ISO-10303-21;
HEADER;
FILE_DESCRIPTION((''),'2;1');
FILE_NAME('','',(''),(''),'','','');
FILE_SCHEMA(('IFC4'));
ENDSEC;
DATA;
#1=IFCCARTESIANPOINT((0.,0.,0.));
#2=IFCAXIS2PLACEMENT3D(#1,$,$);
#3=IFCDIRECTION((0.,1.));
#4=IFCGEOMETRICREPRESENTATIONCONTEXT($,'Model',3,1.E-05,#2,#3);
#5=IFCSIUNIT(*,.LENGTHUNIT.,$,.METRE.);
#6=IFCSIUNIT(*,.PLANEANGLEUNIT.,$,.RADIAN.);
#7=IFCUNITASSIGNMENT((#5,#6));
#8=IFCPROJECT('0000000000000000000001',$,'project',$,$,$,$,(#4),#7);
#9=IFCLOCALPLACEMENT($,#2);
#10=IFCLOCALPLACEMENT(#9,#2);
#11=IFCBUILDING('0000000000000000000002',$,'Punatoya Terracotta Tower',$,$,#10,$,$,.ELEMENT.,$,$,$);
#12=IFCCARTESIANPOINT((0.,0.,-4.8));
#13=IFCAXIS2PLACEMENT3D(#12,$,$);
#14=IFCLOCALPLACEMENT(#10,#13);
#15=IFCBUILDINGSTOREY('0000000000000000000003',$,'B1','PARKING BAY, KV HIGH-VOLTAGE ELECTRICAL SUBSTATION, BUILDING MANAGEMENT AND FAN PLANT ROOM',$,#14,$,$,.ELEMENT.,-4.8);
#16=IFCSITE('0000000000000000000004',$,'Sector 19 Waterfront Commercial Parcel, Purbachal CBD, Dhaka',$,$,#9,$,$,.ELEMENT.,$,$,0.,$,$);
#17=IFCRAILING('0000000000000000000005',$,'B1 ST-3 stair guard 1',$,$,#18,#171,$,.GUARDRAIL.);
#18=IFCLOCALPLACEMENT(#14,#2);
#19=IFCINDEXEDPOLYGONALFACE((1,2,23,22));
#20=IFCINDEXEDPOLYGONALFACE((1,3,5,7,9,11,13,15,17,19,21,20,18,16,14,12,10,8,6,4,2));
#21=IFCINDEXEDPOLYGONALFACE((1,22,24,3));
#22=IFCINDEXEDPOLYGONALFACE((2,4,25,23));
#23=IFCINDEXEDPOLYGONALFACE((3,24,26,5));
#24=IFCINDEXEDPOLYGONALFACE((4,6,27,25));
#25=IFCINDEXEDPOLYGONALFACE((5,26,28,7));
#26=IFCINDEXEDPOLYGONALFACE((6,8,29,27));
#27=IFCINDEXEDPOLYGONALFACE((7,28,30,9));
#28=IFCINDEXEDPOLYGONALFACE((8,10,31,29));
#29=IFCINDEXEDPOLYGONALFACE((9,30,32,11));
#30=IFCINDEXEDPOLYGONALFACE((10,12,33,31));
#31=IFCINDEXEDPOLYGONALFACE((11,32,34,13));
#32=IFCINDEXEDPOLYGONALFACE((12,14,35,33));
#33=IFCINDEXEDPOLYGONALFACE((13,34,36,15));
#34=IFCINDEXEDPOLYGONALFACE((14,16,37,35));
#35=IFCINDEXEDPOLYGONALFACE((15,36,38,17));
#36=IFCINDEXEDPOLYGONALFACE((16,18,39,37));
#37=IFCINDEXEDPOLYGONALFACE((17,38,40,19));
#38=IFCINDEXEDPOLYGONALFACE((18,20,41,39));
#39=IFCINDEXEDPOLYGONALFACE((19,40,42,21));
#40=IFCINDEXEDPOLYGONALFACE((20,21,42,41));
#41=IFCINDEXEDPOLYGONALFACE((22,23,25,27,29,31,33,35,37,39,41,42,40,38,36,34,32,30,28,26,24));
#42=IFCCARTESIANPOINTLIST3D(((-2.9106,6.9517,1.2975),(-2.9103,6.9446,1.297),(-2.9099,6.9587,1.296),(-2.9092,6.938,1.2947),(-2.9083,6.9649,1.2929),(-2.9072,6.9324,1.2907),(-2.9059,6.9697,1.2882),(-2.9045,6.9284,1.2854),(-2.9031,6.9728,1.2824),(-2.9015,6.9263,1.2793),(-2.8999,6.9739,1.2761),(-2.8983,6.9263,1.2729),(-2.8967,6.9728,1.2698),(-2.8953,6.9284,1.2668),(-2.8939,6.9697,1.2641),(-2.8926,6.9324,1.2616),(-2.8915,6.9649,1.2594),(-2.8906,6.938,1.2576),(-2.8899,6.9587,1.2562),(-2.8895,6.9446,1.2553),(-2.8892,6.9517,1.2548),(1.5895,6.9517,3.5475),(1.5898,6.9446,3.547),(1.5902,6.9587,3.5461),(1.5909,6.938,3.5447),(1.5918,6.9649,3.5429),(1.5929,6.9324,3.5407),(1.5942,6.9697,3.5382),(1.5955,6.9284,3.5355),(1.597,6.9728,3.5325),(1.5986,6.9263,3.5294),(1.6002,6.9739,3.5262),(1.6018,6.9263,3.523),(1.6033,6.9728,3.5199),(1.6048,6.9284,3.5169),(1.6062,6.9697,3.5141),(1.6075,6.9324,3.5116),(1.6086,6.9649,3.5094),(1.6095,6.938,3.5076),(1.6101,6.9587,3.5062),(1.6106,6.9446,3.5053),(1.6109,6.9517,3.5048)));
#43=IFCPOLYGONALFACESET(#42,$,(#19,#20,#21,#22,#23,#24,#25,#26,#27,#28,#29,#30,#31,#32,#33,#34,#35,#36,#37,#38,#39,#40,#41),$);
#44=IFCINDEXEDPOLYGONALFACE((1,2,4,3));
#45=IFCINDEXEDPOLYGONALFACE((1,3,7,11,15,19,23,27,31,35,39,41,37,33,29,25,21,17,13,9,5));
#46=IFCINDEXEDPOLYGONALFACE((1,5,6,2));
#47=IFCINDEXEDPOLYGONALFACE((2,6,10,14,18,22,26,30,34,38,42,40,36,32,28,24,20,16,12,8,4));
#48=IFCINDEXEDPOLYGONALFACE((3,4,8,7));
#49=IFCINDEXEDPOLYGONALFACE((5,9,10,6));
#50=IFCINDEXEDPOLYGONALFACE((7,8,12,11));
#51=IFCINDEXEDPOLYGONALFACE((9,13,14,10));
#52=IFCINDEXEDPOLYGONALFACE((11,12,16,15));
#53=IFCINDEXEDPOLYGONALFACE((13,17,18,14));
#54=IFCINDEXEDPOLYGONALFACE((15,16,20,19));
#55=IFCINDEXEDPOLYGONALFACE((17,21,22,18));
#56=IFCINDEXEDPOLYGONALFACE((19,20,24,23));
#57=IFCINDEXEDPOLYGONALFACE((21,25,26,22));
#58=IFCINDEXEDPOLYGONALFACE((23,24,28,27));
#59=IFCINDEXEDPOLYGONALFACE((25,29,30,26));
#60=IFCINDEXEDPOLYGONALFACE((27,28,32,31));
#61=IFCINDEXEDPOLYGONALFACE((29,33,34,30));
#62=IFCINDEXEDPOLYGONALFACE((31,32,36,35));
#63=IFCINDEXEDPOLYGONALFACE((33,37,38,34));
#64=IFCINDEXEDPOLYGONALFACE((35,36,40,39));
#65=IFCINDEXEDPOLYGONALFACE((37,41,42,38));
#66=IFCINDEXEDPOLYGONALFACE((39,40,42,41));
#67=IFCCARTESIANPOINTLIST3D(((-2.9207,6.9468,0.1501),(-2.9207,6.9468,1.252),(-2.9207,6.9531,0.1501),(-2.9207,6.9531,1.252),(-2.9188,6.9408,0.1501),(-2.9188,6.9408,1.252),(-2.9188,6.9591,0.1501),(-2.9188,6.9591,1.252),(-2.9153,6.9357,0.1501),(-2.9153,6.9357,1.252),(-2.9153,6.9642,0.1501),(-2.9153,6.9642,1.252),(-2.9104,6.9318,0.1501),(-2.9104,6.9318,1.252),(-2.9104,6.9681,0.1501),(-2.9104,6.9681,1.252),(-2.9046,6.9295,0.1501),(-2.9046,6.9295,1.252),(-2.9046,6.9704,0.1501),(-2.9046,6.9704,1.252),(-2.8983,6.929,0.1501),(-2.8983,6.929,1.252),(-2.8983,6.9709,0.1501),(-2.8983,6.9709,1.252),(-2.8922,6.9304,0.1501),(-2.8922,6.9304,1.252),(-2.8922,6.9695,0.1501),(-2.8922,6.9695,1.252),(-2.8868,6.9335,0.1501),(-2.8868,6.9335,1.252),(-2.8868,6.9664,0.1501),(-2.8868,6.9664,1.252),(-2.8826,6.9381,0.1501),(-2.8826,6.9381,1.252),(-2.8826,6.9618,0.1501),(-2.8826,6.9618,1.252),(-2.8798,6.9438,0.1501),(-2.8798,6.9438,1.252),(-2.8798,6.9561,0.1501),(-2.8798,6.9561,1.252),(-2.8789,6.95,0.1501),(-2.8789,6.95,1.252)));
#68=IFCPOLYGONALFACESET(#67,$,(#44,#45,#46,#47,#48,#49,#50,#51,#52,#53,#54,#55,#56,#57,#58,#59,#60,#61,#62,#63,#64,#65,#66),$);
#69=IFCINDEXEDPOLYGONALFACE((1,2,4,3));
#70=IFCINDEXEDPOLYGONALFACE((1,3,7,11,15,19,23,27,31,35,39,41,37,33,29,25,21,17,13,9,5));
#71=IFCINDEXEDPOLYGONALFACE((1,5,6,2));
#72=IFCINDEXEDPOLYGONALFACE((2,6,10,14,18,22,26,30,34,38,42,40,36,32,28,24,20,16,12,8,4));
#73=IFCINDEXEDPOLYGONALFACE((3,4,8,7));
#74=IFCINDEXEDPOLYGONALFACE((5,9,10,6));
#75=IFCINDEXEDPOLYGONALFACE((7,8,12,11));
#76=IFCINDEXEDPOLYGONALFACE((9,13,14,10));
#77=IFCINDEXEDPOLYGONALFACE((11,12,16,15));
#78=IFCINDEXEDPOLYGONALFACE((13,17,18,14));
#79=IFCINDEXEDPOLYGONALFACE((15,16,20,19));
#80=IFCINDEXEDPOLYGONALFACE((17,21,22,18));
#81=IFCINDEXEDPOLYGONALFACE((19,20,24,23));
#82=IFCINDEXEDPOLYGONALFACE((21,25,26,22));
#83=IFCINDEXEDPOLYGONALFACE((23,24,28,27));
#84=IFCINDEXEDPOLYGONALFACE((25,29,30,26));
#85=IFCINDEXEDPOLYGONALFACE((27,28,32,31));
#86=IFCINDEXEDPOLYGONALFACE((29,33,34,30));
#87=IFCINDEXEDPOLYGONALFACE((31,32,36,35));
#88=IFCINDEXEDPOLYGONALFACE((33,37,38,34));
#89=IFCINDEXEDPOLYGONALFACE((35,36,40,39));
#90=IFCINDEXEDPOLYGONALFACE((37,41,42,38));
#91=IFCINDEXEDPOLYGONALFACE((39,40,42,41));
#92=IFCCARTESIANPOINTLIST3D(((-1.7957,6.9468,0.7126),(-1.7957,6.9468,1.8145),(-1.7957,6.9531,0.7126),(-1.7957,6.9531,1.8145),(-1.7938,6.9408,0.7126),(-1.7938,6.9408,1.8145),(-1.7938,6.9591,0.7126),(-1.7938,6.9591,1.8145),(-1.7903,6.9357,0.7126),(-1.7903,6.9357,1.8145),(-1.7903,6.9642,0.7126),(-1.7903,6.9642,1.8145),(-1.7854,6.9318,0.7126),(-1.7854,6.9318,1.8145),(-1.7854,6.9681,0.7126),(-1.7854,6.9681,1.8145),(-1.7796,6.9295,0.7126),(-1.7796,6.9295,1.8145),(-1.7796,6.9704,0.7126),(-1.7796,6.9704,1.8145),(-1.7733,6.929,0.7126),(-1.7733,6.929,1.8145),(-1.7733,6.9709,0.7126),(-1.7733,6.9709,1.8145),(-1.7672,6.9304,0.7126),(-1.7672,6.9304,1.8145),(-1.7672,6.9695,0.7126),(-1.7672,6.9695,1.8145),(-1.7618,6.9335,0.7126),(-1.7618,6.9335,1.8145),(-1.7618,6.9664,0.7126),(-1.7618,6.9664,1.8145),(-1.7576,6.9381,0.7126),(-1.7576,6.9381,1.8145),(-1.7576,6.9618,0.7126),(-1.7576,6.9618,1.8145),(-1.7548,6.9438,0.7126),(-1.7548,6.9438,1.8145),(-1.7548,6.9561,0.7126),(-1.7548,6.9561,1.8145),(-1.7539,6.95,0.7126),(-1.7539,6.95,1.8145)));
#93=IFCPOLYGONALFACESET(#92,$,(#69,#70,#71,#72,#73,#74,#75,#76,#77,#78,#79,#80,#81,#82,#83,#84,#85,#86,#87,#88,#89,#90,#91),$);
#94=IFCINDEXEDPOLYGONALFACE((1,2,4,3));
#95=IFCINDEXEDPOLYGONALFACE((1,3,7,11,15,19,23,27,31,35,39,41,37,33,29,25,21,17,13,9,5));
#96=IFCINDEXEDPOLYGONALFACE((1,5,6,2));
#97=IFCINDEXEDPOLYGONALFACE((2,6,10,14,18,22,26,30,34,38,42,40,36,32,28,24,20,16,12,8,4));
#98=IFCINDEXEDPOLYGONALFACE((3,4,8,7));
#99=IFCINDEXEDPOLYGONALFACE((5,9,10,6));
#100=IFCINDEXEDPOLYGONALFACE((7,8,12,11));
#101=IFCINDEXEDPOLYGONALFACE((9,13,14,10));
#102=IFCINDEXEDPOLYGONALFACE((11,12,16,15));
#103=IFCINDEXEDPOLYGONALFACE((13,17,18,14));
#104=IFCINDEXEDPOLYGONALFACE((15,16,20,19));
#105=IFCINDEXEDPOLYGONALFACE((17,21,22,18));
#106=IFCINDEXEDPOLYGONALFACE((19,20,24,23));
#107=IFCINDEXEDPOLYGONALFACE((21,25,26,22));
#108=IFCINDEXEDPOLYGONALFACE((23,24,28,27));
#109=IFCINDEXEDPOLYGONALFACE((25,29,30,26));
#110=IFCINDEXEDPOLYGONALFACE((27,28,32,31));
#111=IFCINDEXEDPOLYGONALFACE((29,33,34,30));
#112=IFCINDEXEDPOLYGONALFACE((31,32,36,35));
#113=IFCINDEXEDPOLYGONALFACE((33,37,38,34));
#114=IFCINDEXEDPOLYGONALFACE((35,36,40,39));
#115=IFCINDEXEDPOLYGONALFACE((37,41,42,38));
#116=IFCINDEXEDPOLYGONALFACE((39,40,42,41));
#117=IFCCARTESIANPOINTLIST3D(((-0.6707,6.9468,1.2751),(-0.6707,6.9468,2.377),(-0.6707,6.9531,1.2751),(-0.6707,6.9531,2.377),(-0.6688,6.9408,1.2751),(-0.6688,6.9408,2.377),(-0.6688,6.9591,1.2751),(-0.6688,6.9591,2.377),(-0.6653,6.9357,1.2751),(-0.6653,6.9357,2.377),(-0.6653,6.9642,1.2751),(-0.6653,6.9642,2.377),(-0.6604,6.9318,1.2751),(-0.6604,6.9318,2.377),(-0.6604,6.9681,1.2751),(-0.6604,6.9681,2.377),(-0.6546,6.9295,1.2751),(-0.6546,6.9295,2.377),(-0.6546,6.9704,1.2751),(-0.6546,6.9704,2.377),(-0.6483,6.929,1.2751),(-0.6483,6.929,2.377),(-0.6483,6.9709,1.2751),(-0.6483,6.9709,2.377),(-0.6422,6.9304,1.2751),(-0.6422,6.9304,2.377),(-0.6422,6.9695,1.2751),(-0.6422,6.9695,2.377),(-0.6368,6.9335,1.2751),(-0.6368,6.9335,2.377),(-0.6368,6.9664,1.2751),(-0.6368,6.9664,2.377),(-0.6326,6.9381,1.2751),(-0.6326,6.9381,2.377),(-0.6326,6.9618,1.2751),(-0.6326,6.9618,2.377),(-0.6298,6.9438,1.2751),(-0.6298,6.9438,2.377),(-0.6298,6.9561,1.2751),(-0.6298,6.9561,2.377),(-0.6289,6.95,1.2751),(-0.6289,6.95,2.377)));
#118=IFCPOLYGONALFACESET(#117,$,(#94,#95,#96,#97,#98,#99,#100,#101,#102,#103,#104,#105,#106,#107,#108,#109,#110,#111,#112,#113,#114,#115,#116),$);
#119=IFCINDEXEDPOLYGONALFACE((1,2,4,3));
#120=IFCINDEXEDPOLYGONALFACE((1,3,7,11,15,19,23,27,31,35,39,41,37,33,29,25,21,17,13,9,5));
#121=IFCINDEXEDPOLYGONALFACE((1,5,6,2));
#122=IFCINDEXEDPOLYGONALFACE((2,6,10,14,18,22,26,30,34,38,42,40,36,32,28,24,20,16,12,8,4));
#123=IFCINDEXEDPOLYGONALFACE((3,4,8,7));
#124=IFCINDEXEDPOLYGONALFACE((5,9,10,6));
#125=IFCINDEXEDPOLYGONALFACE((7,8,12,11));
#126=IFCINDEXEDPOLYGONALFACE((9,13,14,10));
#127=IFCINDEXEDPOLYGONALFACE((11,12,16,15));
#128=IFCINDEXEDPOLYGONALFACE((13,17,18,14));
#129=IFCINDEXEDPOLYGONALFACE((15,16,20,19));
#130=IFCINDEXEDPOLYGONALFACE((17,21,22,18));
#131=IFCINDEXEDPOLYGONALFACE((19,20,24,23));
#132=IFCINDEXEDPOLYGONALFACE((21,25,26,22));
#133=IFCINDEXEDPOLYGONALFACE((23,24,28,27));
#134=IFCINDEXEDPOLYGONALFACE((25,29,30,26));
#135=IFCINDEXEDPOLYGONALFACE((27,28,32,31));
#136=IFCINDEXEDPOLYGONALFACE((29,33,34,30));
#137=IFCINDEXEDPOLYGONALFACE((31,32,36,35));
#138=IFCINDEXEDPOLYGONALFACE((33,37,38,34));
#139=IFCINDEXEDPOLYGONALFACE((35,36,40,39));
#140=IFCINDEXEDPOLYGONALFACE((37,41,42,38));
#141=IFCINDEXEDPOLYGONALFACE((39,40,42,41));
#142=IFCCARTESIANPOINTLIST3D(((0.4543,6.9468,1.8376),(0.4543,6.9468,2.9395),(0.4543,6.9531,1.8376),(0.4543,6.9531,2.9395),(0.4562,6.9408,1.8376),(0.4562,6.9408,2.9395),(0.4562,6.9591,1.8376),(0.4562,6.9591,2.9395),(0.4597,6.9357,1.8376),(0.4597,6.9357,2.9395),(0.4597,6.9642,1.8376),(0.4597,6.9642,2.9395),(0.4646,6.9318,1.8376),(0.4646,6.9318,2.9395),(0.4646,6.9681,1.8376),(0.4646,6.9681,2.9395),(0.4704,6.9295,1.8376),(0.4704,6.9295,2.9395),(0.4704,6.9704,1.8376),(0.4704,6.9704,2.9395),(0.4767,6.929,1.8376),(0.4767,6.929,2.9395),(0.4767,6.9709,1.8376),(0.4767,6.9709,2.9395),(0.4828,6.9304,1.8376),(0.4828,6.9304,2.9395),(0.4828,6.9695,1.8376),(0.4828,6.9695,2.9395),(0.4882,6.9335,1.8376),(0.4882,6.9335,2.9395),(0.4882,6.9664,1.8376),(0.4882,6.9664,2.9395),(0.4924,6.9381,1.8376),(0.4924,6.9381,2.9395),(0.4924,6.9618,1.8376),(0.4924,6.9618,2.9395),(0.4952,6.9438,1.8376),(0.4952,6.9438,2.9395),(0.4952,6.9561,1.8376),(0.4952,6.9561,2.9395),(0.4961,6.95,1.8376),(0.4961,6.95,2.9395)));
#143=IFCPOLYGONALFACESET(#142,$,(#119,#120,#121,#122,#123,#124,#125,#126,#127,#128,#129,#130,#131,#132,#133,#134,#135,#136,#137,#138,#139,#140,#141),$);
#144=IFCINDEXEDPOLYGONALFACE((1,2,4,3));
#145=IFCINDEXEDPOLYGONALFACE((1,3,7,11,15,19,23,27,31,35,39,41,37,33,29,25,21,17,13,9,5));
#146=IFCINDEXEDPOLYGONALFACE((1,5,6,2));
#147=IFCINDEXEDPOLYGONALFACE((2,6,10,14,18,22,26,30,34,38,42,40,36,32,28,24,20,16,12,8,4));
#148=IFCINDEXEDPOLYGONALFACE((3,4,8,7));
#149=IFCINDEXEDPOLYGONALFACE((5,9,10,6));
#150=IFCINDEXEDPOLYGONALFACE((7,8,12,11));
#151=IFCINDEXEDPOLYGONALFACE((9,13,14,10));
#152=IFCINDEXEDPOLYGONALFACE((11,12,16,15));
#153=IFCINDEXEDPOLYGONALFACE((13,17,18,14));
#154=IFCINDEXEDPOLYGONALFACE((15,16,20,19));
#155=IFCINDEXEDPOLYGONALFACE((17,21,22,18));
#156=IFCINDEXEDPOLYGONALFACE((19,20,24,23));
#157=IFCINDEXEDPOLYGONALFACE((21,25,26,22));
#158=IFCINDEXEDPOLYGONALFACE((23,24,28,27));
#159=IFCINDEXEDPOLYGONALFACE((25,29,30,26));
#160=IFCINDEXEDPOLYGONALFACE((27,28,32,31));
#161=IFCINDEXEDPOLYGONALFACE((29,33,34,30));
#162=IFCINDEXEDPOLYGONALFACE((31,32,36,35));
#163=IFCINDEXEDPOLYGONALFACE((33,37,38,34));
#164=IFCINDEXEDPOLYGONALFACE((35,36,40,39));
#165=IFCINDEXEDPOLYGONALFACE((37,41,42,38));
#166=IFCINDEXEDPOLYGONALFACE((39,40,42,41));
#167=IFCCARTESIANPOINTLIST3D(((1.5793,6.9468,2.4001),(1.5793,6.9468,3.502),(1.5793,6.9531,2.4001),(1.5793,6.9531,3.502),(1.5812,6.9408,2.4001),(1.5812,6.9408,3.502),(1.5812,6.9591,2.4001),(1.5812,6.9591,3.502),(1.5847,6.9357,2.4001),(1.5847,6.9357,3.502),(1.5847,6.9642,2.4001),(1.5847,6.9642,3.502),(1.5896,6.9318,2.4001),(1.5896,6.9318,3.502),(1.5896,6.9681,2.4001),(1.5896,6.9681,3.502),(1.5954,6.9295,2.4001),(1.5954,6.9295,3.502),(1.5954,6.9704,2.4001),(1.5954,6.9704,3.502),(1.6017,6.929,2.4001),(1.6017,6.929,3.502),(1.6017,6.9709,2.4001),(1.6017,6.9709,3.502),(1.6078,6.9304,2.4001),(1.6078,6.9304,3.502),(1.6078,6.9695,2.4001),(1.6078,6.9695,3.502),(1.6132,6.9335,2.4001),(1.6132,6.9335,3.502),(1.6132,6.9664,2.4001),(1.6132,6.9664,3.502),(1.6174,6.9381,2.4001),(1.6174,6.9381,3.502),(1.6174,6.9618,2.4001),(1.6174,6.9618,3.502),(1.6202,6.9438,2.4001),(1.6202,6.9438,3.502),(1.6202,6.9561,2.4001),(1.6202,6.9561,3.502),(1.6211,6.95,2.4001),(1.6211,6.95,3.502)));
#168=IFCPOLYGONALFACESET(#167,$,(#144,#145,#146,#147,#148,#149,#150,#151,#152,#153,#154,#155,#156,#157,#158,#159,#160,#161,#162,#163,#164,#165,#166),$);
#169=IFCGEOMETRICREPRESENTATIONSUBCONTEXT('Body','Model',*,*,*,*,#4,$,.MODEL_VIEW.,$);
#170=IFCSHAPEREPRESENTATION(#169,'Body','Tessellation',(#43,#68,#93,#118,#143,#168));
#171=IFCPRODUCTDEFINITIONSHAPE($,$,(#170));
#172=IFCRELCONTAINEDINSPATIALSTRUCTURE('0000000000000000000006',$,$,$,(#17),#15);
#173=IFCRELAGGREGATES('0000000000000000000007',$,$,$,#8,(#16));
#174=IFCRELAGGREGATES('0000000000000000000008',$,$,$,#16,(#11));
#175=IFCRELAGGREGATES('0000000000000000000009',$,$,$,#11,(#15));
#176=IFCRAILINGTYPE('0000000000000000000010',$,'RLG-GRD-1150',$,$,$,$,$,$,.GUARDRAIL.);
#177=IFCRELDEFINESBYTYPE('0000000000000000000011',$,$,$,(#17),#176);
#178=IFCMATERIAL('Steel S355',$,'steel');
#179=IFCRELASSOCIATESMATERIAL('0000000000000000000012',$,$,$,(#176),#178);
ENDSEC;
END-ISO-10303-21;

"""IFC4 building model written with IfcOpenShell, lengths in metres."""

from ifc_helpers import new_model, si_unit, direction, frame, origin, origin_2d, place, context, subcontext, project, spatial, circle, extrude, material, type_object, element, save


model = new_model("IFC4")

# Units and contexts
model_context = context("Model", 3, precision=1e-05, world=origin(), true_north=direction((0.0, 1.0)))
body_context = subcontext(model_context, "Body", "Model", "MODEL_VIEW")
ifc_project = project(units=[si_unit("LENGTHUNIT", "METRE"), si_unit("PLANEANGLEUNIT", "RADIAN")], contexts=[model_context])

# Site, building, storey
site_placement = place(None, origin())
site = spatial("IfcSite", under=ifc_project, at=site_placement, Name="Sector 19 Waterfront Commercial Parcel, Purbachal CBD, Dhaka", CompositionType="ELEMENT", RefElevation=0.0)
building_placement = place(site_placement, origin())
building = spatial("IfcBuilding", under=site, at=building_placement, Name="Punatoya Terracotta Tower", CompositionType="ELEMENT")
storey_placement = place(building_placement, frame((0.0, 0.0, -4.8)))
storey = spatial("IfcBuildingStorey", under=building, at=storey_placement, Name="B1", Description="PARKING BAY, KV HIGH-VOLTAGE ELECTRICAL SUBSTATION, BUILDING MANAGEMENT AND FAN PLANT ROOM", CompositionType="ELEMENT", Elevation=-4.8)

# Shared definitions
ifc_material_1 = material(Name="Steel S355", Category="steel")

# Railing
railing_type_1 = type_object("IfcRailingType", Name="RLG-GRD-1150", PredefinedType="GUARDRAIL", material=ifc_material_1)
railing_1_placement = place(storey_placement, frame((-2.8999, 6.95, 0.1501)))
element("IfcRailing", 1, at=railing_1_placement, inside=storey, type_object=railing_type_1, Name="B1 ST-3 stair guard 1", PredefinedType="GUARDRAIL", context=body_context, shape_type="SweptSolid", body=[
    extrude(circle(Radius=0.0239, at=origin_2d()), frame((0.0, 0.0, 1.126), z_axis=(0.894427, 0.0, 0.447214), x_axis=(0.0, 1.0, 0.0)), (0.0, 0.0, 1.0), 5.0312),
    extrude(circle(Radius=0.021, at=origin_2d()), origin(), (0.0, 0.0, 1.0), 1.1018),
    extrude(circle(Radius=0.021, at=origin_2d()), frame((1.125, 0.0, 0.5625)), (0.0, 0.0, 1.0), 1.1018),
    extrude(circle(Radius=0.021, at=origin_2d()), frame((2.25, 0.0, 1.125)), (0.0, 0.0, 1.0), 1.1018),
    extrude(circle(Radius=0.021, at=origin_2d()), frame((3.375, 0.0, 1.6875)), (0.0, 0.0, 1.0), 1.1018),
    extrude(circle(Radius=0.021, at=origin_2d()), frame((4.5, 0.0, 2.25)), (0.0, 0.0, 1.0), 1.1018),
])

save(model, "model.ifc")
